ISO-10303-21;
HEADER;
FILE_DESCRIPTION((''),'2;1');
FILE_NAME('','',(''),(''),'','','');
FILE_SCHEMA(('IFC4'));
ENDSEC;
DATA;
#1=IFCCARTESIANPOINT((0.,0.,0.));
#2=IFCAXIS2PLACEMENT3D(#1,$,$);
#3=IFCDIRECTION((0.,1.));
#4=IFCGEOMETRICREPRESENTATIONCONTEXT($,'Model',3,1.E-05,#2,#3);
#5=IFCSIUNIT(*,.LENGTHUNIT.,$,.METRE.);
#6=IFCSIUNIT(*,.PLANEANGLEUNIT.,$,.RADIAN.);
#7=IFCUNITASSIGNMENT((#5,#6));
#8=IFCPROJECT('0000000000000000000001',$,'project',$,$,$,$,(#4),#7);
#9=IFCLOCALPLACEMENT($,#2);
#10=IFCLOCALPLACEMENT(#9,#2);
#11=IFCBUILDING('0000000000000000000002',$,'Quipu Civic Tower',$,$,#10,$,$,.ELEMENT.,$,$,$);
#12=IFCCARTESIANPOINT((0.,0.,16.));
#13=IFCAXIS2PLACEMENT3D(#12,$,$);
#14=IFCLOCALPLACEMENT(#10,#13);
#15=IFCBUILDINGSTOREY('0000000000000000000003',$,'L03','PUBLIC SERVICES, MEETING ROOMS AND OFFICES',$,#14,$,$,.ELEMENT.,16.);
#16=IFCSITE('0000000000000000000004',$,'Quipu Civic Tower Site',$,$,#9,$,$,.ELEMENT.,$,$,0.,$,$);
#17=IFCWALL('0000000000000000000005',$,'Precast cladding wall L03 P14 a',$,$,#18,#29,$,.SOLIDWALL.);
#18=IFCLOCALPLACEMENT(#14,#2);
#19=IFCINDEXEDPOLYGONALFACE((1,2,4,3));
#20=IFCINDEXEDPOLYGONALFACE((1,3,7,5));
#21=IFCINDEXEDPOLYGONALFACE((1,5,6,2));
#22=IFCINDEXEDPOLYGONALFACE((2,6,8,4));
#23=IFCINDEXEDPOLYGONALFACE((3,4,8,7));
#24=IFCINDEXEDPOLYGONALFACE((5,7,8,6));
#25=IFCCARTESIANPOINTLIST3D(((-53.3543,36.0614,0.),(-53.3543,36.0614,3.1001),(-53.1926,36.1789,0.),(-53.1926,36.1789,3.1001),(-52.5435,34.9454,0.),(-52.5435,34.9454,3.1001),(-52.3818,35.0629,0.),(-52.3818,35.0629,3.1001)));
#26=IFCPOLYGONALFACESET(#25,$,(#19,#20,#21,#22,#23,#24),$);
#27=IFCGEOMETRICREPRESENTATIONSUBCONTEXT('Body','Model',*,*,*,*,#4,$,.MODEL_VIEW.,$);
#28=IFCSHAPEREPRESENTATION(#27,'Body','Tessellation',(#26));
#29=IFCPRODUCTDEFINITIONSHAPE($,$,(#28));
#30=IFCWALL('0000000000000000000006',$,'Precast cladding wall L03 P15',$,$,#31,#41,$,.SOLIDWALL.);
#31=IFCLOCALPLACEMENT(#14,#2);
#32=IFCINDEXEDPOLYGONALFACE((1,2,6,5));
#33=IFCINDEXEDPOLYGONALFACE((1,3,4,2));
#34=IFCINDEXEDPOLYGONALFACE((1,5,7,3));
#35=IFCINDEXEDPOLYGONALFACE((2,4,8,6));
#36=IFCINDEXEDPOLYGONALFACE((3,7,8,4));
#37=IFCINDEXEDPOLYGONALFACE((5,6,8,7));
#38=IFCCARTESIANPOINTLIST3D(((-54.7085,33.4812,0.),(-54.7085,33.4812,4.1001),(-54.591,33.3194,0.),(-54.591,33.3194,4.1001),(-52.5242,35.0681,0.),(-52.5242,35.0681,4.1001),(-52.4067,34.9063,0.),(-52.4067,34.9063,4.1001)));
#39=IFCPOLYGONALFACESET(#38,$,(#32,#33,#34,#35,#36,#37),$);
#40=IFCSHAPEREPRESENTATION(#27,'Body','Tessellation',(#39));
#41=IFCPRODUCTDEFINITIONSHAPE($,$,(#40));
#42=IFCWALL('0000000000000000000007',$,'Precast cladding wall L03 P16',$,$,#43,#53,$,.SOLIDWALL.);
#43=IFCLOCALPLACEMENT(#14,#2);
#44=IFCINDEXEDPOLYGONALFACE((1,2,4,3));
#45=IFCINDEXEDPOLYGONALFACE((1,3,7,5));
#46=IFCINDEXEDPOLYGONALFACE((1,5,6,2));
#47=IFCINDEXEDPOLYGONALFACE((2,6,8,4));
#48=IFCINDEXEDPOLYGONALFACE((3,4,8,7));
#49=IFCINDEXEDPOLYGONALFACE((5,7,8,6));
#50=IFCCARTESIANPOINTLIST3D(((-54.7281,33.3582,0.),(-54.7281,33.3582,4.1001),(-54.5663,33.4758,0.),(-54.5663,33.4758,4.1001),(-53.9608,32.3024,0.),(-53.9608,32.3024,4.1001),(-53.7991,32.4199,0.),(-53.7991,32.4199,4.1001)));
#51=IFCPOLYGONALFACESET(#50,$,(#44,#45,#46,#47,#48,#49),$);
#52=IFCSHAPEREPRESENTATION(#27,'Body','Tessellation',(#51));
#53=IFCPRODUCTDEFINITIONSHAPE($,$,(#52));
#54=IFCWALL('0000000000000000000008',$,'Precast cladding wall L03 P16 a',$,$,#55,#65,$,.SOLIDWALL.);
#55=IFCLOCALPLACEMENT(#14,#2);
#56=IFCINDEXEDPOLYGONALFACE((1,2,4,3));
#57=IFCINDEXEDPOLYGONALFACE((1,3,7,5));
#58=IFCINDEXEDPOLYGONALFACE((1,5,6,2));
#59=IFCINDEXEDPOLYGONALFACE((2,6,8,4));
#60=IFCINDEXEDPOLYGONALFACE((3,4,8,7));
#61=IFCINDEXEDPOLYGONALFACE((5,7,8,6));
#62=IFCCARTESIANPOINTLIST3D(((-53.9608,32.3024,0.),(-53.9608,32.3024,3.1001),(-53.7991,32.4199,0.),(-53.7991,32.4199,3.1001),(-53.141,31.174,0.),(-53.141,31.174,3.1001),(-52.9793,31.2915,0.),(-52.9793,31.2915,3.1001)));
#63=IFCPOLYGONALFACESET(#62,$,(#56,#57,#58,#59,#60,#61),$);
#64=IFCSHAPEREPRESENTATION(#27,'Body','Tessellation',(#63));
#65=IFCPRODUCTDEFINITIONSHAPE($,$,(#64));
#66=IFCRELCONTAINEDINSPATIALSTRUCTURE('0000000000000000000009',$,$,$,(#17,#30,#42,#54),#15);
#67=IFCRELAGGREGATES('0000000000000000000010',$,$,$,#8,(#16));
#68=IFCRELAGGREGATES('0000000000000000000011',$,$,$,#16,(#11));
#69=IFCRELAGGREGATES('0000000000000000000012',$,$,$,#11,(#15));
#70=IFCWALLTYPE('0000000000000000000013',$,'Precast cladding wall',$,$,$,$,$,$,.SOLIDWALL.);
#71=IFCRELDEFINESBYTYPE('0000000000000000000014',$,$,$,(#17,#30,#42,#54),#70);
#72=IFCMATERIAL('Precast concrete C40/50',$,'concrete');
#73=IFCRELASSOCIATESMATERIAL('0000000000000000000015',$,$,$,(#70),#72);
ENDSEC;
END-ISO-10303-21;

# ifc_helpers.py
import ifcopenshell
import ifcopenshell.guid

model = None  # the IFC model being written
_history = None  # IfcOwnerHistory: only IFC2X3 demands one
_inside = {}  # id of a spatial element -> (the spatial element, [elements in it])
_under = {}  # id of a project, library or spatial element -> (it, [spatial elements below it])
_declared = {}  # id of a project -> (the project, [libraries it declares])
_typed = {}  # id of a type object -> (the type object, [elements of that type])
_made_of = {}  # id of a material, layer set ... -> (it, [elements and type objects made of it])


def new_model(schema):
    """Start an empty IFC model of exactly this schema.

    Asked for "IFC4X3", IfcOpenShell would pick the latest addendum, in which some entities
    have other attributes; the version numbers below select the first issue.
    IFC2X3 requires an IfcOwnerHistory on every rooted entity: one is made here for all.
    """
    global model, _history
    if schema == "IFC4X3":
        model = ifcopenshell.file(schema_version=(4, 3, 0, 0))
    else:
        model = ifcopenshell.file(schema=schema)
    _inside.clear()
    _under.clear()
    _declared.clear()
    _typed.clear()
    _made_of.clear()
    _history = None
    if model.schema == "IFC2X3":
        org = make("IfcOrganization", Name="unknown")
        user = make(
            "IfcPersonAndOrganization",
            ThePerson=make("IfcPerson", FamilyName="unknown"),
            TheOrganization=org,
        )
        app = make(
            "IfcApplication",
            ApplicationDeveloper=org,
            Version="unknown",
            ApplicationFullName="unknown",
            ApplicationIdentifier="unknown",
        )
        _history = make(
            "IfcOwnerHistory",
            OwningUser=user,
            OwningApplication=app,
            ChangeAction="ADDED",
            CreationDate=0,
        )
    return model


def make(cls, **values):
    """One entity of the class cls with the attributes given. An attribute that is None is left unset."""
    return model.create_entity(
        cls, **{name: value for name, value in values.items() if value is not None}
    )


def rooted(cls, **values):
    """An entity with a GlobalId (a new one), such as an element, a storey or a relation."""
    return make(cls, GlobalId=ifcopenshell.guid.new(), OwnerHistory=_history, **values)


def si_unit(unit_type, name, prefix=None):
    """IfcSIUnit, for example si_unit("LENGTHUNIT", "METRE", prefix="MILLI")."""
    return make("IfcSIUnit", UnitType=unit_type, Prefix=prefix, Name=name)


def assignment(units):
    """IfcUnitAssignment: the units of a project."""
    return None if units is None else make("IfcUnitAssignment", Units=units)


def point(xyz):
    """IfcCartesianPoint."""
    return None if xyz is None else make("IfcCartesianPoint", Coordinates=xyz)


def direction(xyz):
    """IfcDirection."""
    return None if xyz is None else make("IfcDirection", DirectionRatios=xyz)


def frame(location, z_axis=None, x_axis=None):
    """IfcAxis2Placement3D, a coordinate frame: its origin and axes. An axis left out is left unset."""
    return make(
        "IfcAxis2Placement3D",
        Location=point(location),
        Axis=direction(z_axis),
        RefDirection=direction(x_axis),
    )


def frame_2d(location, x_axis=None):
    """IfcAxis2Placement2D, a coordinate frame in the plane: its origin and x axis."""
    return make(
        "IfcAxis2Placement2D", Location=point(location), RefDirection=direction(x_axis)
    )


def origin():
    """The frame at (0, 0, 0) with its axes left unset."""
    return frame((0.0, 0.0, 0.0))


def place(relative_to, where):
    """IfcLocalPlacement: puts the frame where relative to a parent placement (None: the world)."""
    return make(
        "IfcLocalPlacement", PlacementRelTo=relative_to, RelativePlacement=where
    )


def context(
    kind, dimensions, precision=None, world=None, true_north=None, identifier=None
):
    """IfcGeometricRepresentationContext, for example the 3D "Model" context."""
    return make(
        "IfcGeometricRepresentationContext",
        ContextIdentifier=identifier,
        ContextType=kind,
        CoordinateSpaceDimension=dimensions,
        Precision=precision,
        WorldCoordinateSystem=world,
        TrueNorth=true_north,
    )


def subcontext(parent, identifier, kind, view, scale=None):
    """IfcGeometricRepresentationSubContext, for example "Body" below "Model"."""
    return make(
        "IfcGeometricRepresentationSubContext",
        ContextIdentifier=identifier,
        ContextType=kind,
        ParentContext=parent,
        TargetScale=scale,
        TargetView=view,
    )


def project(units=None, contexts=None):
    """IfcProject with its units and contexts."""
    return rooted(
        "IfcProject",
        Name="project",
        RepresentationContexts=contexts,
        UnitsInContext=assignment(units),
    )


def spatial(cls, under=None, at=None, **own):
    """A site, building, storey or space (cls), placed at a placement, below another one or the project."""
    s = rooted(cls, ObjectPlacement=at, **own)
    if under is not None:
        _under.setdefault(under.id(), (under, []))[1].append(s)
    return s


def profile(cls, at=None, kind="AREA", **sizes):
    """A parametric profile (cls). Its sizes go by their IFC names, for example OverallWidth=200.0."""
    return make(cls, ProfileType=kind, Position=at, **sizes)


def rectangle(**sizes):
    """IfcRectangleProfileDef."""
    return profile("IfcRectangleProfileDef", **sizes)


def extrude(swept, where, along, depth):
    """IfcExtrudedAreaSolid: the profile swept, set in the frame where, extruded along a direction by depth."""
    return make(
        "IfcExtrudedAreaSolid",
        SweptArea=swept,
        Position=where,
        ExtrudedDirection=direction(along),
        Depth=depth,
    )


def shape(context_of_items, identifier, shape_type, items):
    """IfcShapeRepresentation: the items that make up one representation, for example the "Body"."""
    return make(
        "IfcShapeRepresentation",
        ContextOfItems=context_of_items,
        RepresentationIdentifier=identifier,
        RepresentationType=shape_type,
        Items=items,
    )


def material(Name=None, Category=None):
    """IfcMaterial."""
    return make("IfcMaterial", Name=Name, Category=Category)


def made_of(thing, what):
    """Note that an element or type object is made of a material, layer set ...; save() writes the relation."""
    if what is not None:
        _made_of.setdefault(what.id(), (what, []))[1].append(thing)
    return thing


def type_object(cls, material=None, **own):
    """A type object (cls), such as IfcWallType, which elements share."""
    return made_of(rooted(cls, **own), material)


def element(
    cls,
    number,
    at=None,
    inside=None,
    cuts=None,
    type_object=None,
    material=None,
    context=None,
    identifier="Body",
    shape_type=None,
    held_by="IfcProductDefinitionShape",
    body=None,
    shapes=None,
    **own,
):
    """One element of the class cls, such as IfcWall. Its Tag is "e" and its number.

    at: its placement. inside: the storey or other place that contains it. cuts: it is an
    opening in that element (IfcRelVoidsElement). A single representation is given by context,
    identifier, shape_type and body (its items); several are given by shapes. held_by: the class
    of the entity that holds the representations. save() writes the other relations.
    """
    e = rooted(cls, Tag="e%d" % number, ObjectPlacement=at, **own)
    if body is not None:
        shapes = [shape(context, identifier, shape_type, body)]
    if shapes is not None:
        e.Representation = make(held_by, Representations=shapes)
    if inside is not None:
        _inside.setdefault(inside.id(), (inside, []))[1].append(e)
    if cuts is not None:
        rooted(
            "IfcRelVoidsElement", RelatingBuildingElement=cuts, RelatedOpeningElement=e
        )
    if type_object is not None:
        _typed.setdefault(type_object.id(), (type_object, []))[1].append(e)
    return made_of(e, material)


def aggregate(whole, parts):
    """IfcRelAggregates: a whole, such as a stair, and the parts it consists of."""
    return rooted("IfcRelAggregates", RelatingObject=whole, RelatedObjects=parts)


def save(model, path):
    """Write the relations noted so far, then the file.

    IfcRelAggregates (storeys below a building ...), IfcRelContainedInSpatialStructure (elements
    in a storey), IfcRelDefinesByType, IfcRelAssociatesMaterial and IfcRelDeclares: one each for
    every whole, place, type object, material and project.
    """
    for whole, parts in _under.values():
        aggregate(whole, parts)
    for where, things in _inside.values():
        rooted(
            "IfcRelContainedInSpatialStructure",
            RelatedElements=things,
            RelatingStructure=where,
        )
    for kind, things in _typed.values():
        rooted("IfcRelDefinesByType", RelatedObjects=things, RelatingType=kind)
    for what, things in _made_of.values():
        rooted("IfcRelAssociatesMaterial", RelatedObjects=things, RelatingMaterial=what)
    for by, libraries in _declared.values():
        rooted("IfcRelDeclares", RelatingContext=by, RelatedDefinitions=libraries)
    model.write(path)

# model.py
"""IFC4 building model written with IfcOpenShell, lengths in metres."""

from ifc_helpers import new_model, si_unit, direction, frame, frame_2d, origin, place, context, subcontext, project, spatial, rectangle, extrude, material, type_object, element, save


model = new_model("IFC4")

# Units and contexts
model_context = context("Model", 3, precision=1e-05, world=origin(), true_north=direction((0.0, 1.0)))
body_context = subcontext(model_context, "Body", "Model", "MODEL_VIEW")
ifc_project = project(units=[si_unit("LENGTHUNIT", "METRE"), si_unit("PLANEANGLEUNIT", "RADIAN")], contexts=[model_context])

# Site, building, storey
site_placement = place(None, origin())
site = spatial("IfcSite", under=ifc_project, at=site_placement, Name="Quipu Civic Tower Site", CompositionType="ELEMENT", RefElevation=0.0)
building_placement = place(site_placement, origin())
building = spatial("IfcBuilding", under=site, at=building_placement, Name="Quipu Civic Tower", CompositionType="ELEMENT")
storey_placement = place(building_placement, frame((0.0, 0.0, 16.0)))
storey = spatial("IfcBuildingStorey", under=building, at=storey_placement, Name="L03", Description="PUBLIC SERVICES, MEETING ROOMS AND OFFICES", CompositionType="ELEMENT", Elevation=16.0)

# Walls
ifc_material_1 = material(Name="Precast concrete C40/50", Category="concrete")
wall_type_1 = type_object("IfcWallType", Name="Precast cladding wall", PredefinedType="SOLIDWALL", material=ifc_material_1)
wall_1_placement = place(storey_placement, frame((-53.2734, 36.1201, 0.0), z_axis=(0.0, 0.0, 1.0), x_axis=(0.587782, -0.809019, 0.0)))
element("IfcWall", 1, at=wall_1_placement, inside=storey, type_object=wall_type_1, Name="Precast cladding wall L03 P14 a", PredefinedType="SOLIDWALL", context=body_context, shape_type="SweptSolid", body=[
    extrude(rectangle(XDim=1.3794, YDim=0.2, at=frame_2d((0.6897, 0.0))), origin(), (0.0, 0.0, 1.0), 3.1001),
])
wall_2_placement = place(storey_placement, frame((-52.4653, 34.9873, 0.0), z_axis=(0.0, 0.0, 1.0), x_axis=(-0.809033, -0.587763, 0.0)))
element("IfcWall", 2, at=wall_2_placement, inside=storey, type_object=wall_type_1, Name="Precast cladding wall L03 P15", PredefinedType="SOLIDWALL", context=body_context, shape_type="SweptSolid", body=[
    extrude(rectangle(XDim=2.7, YDim=0.2, at=frame_2d((1.3501, 0.0))), origin(), (0.0, 0.0, 1.0), 4.1001),
])
wall_3_placement = place(storey_placement, frame((-54.6472, 33.417, 0.0), z_axis=(0.0, 0.0, 1.0), x_axis=(0.587871, -0.808954, 0.0)))
element("IfcWall", 3, at=wall_3_placement, inside=storey, type_object=wall_type_1, Name="Precast cladding wall L03 P16", PredefinedType="SOLIDWALL", context=body_context, shape_type="SweptSolid", body=[
    extrude(rectangle(XDim=1.3052, YDim=0.2, at=frame_2d((0.6526, 0.0))), origin(), (0.0, 0.0, 1.0), 4.1001),
])
wall_4_placement = place(storey_placement, frame((-53.8799, 32.3611, 0.0), z_axis=(0.0, 0.0, 1.0), x_axis=(0.587776, -0.809024, 0.0)))
element("IfcWall", 4, at=wall_4_placement, inside=storey, type_object=wall_type_1, Name="Precast cladding wall L03 P16 a", PredefinedType="SOLIDWALL", context=body_context, shape_type="SweptSolid", body=[
    extrude(rectangle(XDim=1.3948, YDim=0.2, at=frame_2d((0.6973, 0.0))), origin(), (0.0, 0.0, 1.0), 3.1001),
])

save(model, "model.ifc")
